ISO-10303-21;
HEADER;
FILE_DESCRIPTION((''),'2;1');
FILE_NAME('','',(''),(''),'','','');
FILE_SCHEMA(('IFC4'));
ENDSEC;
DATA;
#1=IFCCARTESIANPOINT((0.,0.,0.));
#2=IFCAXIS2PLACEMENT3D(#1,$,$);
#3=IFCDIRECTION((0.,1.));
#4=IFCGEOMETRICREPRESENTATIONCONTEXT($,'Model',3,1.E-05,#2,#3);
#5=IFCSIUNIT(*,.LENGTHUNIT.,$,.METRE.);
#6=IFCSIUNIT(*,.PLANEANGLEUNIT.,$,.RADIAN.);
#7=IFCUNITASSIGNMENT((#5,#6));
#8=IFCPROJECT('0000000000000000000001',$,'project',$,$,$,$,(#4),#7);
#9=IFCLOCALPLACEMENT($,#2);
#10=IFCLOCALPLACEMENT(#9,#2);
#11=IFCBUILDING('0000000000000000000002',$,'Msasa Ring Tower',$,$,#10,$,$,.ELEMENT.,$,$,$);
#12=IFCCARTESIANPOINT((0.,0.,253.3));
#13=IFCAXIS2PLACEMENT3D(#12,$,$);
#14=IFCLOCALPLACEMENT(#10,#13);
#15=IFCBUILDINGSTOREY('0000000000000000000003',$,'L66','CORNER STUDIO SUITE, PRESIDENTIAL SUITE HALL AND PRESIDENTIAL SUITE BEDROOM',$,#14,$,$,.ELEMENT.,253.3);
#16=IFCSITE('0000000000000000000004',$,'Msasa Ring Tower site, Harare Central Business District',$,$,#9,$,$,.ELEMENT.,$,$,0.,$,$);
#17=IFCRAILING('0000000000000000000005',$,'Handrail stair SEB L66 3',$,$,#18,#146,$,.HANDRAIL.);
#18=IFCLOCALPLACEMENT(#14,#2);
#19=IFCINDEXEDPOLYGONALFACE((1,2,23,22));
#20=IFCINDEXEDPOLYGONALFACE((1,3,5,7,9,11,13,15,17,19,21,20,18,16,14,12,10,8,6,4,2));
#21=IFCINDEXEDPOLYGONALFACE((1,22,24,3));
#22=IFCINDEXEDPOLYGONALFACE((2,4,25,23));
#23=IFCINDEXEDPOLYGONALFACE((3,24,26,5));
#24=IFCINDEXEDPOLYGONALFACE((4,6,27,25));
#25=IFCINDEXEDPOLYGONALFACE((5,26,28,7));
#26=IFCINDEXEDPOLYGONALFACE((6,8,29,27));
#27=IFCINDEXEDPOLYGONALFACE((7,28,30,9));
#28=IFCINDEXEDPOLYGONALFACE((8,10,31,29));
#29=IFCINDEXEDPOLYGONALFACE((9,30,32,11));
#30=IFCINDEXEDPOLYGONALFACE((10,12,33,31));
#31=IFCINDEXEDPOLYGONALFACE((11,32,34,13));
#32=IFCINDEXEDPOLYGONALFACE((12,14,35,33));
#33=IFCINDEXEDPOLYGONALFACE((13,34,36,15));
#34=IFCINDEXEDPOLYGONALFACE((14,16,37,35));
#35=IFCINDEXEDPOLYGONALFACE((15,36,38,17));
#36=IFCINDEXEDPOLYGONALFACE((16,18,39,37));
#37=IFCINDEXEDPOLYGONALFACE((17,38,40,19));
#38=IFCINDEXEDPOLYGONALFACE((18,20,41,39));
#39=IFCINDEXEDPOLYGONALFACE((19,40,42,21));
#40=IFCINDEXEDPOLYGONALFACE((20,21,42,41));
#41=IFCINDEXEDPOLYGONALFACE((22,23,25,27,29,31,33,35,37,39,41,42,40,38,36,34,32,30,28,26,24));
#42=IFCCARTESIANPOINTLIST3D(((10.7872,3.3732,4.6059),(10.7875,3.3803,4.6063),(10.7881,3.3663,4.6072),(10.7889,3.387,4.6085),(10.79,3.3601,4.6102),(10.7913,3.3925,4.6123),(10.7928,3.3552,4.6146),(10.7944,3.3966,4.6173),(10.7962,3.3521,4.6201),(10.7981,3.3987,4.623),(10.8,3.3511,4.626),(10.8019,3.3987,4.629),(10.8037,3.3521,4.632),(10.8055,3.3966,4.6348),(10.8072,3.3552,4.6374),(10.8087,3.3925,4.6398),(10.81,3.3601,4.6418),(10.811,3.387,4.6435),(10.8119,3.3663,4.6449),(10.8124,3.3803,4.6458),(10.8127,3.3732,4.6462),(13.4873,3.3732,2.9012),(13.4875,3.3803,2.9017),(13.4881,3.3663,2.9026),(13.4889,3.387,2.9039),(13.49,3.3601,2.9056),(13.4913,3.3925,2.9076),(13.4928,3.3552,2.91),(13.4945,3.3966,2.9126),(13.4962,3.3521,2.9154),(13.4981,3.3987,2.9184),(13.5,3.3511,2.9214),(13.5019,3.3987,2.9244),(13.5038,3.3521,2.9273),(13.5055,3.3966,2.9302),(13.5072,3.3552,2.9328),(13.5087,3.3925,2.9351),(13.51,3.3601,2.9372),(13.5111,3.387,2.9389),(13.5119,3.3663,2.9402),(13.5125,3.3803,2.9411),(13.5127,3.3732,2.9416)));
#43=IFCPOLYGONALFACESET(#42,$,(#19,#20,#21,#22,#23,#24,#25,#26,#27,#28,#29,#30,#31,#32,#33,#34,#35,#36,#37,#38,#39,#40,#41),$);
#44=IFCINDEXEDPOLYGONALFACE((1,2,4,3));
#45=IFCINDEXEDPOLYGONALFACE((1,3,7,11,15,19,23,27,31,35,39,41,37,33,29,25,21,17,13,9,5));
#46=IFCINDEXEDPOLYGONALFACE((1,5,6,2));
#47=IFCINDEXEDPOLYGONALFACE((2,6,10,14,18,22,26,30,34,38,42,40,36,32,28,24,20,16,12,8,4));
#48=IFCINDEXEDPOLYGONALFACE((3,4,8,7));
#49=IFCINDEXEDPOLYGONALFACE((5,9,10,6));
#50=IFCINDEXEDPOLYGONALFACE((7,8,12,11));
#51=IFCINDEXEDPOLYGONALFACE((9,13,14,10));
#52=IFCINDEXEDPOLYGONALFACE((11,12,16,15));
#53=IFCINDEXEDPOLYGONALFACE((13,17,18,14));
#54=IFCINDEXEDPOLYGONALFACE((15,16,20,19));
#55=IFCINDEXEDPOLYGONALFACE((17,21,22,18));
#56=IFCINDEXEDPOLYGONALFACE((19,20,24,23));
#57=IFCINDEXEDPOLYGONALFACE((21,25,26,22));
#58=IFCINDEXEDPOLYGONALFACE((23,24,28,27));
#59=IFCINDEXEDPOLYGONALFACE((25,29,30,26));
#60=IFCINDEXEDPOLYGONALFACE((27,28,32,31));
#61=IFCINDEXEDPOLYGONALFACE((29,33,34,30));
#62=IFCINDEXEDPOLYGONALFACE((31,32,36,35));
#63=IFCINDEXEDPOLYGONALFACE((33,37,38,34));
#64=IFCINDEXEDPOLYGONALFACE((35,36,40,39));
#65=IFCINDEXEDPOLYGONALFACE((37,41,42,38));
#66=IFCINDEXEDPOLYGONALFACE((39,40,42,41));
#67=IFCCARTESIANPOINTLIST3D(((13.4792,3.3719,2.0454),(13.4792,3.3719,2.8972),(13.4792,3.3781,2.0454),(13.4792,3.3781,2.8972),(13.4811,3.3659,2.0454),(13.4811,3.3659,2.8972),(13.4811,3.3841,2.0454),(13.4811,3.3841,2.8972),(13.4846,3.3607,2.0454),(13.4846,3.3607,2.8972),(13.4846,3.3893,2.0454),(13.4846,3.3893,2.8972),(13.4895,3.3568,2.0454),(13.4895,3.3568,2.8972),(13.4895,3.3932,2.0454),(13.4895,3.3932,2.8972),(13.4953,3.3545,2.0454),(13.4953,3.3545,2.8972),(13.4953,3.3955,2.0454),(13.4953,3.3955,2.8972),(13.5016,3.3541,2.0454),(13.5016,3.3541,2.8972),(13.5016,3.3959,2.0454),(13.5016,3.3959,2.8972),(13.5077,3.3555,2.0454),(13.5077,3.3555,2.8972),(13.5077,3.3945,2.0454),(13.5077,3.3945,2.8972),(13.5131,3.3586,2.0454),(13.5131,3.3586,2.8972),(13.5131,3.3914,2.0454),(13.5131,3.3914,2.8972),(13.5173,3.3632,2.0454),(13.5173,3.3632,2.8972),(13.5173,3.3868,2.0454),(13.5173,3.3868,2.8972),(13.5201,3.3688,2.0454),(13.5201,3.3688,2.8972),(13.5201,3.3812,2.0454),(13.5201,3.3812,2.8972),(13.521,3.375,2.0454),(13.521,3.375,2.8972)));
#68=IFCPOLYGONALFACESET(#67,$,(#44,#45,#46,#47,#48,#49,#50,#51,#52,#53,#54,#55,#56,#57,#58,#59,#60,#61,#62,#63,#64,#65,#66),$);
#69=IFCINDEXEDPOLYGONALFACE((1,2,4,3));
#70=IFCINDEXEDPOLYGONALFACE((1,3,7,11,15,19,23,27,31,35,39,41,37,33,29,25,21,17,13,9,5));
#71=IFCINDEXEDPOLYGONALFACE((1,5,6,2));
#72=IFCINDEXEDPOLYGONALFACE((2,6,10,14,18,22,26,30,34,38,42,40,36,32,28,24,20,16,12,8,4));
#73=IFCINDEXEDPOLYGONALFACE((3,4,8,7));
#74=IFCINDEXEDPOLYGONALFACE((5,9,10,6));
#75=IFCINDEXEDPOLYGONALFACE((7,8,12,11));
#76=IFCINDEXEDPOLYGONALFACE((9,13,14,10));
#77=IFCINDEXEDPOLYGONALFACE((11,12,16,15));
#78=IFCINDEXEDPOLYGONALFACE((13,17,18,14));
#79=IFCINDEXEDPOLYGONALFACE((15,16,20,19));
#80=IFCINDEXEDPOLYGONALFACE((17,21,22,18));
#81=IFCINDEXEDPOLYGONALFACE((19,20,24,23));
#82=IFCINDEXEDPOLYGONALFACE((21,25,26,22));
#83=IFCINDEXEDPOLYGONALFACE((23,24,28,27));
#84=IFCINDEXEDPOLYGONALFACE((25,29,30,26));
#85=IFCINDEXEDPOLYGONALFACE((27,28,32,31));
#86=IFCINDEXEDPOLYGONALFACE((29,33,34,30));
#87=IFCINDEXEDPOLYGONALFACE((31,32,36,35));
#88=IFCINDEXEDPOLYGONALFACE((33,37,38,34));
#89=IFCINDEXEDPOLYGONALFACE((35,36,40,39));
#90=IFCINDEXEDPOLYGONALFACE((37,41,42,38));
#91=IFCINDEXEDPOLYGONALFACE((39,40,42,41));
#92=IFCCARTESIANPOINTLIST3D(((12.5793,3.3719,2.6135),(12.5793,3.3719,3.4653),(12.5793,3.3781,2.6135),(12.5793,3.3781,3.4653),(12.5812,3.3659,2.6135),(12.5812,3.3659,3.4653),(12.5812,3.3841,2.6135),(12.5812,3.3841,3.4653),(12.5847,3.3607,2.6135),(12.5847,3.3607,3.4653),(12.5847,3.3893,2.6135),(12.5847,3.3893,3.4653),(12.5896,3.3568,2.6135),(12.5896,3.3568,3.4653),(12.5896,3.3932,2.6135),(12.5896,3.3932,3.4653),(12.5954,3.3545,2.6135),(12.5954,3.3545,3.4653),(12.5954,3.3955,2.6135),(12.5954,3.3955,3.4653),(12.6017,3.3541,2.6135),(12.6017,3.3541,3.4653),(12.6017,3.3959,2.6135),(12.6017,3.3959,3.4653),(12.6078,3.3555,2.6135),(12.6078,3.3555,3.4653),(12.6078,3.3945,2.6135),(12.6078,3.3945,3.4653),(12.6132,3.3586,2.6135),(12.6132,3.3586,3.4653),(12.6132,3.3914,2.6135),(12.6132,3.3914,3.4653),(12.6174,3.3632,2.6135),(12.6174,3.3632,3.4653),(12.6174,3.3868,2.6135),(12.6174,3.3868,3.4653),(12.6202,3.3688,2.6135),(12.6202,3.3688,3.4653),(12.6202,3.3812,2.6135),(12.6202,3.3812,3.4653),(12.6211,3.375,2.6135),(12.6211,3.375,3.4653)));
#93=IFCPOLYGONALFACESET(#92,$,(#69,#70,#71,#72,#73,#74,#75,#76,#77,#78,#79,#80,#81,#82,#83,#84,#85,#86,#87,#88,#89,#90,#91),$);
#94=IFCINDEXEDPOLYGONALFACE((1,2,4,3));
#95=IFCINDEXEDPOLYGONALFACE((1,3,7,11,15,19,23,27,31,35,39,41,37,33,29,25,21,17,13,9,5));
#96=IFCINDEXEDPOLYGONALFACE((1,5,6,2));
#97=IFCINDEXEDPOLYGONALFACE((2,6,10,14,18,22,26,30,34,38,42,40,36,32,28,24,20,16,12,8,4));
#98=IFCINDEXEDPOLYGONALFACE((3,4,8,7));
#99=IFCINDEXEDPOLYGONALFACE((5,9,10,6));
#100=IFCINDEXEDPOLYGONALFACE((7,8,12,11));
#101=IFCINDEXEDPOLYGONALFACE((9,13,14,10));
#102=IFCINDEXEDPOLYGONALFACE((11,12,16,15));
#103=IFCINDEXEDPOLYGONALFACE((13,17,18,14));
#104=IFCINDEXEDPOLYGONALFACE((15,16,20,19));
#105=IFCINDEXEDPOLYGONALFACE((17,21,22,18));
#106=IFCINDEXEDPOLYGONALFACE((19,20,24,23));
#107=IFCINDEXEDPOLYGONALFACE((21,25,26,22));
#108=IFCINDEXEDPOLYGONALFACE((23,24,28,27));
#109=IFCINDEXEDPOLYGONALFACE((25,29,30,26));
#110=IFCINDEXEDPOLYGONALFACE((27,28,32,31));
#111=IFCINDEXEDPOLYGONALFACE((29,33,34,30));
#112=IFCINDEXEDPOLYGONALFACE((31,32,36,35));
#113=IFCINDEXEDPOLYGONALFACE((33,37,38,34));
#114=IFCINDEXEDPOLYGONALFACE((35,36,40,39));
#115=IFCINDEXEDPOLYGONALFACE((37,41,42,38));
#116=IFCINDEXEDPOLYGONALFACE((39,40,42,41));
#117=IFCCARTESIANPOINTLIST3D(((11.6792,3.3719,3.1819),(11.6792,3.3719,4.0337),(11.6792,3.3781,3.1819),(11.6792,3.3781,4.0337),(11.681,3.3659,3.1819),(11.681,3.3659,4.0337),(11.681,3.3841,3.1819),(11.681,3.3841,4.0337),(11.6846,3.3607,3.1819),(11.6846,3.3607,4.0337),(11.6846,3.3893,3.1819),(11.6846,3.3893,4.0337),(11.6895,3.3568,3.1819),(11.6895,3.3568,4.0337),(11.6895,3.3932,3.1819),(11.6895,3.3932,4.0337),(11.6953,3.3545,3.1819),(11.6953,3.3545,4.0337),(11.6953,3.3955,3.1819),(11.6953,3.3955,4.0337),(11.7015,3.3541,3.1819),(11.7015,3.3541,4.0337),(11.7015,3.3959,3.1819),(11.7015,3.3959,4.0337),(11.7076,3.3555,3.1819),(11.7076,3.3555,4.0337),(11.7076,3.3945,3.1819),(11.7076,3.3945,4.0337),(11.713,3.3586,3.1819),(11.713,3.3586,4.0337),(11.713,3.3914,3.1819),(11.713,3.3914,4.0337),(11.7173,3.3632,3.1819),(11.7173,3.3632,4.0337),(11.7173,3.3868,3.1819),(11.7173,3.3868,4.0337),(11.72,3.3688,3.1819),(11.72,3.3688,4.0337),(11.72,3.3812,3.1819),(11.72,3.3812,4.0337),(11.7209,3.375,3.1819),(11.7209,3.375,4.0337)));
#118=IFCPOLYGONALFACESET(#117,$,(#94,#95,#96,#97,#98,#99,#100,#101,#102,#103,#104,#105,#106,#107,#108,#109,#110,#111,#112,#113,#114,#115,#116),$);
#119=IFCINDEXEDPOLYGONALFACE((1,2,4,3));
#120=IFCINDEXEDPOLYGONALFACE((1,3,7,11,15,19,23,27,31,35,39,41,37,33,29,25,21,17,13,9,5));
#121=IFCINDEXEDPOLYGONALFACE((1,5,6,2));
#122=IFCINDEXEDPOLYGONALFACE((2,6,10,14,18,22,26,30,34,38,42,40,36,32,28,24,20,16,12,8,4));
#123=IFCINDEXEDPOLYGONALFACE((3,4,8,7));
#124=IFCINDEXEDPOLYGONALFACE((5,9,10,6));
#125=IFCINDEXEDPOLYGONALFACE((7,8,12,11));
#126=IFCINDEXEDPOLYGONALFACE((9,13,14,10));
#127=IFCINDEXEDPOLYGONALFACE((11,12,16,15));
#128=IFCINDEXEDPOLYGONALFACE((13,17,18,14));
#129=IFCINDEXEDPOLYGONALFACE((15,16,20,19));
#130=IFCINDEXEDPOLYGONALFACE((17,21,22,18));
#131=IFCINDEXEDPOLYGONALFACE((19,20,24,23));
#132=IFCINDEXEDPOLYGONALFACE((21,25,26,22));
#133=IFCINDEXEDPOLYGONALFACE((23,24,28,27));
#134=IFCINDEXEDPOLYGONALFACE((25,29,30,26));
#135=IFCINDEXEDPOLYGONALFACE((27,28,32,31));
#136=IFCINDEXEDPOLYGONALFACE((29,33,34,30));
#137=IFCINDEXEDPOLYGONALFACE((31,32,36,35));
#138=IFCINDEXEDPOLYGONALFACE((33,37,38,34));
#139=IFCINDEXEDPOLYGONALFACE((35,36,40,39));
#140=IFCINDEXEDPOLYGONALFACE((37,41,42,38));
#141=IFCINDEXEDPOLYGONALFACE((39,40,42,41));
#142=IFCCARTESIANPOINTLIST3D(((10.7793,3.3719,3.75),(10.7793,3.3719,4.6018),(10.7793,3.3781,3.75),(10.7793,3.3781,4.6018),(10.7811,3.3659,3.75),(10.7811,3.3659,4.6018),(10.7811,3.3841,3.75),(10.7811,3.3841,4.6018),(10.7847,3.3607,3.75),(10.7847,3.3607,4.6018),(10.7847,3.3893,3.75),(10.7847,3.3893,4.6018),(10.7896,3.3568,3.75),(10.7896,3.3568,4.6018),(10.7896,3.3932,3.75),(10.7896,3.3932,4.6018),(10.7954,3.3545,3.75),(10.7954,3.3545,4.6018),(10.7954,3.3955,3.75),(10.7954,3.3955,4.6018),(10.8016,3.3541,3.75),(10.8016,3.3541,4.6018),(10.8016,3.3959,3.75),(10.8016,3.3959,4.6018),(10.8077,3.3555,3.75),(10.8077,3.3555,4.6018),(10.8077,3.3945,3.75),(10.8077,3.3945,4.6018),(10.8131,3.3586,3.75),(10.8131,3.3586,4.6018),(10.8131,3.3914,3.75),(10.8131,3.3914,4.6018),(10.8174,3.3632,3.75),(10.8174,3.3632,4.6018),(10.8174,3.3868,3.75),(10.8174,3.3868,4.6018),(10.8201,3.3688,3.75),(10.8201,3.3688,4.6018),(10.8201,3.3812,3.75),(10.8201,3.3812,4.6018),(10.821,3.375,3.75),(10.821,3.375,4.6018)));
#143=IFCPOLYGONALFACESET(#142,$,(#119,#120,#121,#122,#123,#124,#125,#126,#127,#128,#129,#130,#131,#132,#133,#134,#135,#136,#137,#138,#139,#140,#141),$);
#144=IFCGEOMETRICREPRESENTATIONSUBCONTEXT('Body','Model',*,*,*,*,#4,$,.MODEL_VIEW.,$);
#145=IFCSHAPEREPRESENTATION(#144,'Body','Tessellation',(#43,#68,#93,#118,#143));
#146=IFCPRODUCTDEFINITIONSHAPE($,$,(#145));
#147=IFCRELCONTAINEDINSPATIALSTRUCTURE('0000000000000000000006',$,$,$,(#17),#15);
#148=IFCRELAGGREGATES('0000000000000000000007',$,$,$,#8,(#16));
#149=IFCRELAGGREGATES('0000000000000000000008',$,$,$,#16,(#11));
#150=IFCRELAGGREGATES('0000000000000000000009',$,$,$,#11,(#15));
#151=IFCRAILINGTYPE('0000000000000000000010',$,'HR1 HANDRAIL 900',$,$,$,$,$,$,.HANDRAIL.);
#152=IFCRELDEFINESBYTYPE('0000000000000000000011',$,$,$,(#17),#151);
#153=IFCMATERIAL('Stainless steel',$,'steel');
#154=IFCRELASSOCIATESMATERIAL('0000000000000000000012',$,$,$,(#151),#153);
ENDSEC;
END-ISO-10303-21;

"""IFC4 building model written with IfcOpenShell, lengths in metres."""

from ifc_helpers import new_model, si_unit, direction, frame, origin, origin_2d, place, context, subcontext, project, spatial, circle, extrude, material, type_object, element, save


model = new_model("IFC4")

# Units and contexts
model_context = context("Model", 3, precision=1e-05, world=origin(), true_north=direction((0.0, 1.0)))
body_context = subcontext(model_context, "Body", "Model", "MODEL_VIEW")
ifc_project = project(units=[si_unit("LENGTHUNIT", "METRE"), si_unit("PLANEANGLEUNIT", "RADIAN")], contexts=[model_context])

# Site, building, storey
site_placement = place(None, origin())
site = spatial("IfcSite", under=ifc_project, at=site_placement, Name="Msasa Ring Tower site, Harare Central Business District", CompositionType="ELEMENT", RefElevation=0.0)
building_placement = place(site_placement, origin())
building = spatial("IfcBuilding", under=site, at=building_placement, Name="Msasa Ring Tower", CompositionType="ELEMENT")
storey_placement = place(building_placement, frame((0.0, 0.0, 253.3)))
storey = spatial("IfcBuildingStorey", under=building, at=storey_placement, Name="L66", Description="CORNER STUDIO SUITE, PRESIDENTIAL SUITE HALL AND PRESIDENTIAL SUITE BEDROOM", CompositionType="ELEMENT", Elevation=253.3)

# Railing
ifc_material_1 = material(Name="Stainless steel", Category="steel")
railing_type = type_object("IfcRailingType", Name="HR1 HANDRAIL 900", PredefinedType="HANDRAIL", material=ifc_material_1)
for number, where, name in (
    (1, (13.5, 3.375, 2.0454), "Handrail stair SEB L66 3"),
):
    element("IfcRailing", number, at=place(storey_placement, frame(where)), inside=storey, type_object=railing_type, Name=name, PredefinedType="HANDRAIL", context=body_context, shape_type="SweptSolid", body=[
        extrude(circle(Radius=0.0239, at=origin_2d()), frame((0.0, 0.0, 0.876), z_axis=(-0.84558, 0.0, 0.533849), x_axis=(0.0, -1.0, 0.0)), (0.0, 0.0, 1.0), 3.1931),
        extrude(circle(Radius=0.021, at=origin_2d()), origin(), (0.0, 0.0, 1.0), 0.8518),
        extrude(circle(Radius=0.021, at=origin_2d()), frame((-0.8999, 0.0, 0.5681)), (0.0, 0.0, 1.0), 0.8518),
        extrude(circle(Radius=0.021, at=origin_2d()), frame((-1.8, 0.0, 1.1365)), (0.0, 0.0, 1.0), 0.8518),
        extrude(circle(Radius=0.021, at=origin_2d()), frame((-2.7, 0.0, 1.7046)), (0.0, 0.0, 1.0), 0.8518),
    ])

save(model, "model.ifc")
